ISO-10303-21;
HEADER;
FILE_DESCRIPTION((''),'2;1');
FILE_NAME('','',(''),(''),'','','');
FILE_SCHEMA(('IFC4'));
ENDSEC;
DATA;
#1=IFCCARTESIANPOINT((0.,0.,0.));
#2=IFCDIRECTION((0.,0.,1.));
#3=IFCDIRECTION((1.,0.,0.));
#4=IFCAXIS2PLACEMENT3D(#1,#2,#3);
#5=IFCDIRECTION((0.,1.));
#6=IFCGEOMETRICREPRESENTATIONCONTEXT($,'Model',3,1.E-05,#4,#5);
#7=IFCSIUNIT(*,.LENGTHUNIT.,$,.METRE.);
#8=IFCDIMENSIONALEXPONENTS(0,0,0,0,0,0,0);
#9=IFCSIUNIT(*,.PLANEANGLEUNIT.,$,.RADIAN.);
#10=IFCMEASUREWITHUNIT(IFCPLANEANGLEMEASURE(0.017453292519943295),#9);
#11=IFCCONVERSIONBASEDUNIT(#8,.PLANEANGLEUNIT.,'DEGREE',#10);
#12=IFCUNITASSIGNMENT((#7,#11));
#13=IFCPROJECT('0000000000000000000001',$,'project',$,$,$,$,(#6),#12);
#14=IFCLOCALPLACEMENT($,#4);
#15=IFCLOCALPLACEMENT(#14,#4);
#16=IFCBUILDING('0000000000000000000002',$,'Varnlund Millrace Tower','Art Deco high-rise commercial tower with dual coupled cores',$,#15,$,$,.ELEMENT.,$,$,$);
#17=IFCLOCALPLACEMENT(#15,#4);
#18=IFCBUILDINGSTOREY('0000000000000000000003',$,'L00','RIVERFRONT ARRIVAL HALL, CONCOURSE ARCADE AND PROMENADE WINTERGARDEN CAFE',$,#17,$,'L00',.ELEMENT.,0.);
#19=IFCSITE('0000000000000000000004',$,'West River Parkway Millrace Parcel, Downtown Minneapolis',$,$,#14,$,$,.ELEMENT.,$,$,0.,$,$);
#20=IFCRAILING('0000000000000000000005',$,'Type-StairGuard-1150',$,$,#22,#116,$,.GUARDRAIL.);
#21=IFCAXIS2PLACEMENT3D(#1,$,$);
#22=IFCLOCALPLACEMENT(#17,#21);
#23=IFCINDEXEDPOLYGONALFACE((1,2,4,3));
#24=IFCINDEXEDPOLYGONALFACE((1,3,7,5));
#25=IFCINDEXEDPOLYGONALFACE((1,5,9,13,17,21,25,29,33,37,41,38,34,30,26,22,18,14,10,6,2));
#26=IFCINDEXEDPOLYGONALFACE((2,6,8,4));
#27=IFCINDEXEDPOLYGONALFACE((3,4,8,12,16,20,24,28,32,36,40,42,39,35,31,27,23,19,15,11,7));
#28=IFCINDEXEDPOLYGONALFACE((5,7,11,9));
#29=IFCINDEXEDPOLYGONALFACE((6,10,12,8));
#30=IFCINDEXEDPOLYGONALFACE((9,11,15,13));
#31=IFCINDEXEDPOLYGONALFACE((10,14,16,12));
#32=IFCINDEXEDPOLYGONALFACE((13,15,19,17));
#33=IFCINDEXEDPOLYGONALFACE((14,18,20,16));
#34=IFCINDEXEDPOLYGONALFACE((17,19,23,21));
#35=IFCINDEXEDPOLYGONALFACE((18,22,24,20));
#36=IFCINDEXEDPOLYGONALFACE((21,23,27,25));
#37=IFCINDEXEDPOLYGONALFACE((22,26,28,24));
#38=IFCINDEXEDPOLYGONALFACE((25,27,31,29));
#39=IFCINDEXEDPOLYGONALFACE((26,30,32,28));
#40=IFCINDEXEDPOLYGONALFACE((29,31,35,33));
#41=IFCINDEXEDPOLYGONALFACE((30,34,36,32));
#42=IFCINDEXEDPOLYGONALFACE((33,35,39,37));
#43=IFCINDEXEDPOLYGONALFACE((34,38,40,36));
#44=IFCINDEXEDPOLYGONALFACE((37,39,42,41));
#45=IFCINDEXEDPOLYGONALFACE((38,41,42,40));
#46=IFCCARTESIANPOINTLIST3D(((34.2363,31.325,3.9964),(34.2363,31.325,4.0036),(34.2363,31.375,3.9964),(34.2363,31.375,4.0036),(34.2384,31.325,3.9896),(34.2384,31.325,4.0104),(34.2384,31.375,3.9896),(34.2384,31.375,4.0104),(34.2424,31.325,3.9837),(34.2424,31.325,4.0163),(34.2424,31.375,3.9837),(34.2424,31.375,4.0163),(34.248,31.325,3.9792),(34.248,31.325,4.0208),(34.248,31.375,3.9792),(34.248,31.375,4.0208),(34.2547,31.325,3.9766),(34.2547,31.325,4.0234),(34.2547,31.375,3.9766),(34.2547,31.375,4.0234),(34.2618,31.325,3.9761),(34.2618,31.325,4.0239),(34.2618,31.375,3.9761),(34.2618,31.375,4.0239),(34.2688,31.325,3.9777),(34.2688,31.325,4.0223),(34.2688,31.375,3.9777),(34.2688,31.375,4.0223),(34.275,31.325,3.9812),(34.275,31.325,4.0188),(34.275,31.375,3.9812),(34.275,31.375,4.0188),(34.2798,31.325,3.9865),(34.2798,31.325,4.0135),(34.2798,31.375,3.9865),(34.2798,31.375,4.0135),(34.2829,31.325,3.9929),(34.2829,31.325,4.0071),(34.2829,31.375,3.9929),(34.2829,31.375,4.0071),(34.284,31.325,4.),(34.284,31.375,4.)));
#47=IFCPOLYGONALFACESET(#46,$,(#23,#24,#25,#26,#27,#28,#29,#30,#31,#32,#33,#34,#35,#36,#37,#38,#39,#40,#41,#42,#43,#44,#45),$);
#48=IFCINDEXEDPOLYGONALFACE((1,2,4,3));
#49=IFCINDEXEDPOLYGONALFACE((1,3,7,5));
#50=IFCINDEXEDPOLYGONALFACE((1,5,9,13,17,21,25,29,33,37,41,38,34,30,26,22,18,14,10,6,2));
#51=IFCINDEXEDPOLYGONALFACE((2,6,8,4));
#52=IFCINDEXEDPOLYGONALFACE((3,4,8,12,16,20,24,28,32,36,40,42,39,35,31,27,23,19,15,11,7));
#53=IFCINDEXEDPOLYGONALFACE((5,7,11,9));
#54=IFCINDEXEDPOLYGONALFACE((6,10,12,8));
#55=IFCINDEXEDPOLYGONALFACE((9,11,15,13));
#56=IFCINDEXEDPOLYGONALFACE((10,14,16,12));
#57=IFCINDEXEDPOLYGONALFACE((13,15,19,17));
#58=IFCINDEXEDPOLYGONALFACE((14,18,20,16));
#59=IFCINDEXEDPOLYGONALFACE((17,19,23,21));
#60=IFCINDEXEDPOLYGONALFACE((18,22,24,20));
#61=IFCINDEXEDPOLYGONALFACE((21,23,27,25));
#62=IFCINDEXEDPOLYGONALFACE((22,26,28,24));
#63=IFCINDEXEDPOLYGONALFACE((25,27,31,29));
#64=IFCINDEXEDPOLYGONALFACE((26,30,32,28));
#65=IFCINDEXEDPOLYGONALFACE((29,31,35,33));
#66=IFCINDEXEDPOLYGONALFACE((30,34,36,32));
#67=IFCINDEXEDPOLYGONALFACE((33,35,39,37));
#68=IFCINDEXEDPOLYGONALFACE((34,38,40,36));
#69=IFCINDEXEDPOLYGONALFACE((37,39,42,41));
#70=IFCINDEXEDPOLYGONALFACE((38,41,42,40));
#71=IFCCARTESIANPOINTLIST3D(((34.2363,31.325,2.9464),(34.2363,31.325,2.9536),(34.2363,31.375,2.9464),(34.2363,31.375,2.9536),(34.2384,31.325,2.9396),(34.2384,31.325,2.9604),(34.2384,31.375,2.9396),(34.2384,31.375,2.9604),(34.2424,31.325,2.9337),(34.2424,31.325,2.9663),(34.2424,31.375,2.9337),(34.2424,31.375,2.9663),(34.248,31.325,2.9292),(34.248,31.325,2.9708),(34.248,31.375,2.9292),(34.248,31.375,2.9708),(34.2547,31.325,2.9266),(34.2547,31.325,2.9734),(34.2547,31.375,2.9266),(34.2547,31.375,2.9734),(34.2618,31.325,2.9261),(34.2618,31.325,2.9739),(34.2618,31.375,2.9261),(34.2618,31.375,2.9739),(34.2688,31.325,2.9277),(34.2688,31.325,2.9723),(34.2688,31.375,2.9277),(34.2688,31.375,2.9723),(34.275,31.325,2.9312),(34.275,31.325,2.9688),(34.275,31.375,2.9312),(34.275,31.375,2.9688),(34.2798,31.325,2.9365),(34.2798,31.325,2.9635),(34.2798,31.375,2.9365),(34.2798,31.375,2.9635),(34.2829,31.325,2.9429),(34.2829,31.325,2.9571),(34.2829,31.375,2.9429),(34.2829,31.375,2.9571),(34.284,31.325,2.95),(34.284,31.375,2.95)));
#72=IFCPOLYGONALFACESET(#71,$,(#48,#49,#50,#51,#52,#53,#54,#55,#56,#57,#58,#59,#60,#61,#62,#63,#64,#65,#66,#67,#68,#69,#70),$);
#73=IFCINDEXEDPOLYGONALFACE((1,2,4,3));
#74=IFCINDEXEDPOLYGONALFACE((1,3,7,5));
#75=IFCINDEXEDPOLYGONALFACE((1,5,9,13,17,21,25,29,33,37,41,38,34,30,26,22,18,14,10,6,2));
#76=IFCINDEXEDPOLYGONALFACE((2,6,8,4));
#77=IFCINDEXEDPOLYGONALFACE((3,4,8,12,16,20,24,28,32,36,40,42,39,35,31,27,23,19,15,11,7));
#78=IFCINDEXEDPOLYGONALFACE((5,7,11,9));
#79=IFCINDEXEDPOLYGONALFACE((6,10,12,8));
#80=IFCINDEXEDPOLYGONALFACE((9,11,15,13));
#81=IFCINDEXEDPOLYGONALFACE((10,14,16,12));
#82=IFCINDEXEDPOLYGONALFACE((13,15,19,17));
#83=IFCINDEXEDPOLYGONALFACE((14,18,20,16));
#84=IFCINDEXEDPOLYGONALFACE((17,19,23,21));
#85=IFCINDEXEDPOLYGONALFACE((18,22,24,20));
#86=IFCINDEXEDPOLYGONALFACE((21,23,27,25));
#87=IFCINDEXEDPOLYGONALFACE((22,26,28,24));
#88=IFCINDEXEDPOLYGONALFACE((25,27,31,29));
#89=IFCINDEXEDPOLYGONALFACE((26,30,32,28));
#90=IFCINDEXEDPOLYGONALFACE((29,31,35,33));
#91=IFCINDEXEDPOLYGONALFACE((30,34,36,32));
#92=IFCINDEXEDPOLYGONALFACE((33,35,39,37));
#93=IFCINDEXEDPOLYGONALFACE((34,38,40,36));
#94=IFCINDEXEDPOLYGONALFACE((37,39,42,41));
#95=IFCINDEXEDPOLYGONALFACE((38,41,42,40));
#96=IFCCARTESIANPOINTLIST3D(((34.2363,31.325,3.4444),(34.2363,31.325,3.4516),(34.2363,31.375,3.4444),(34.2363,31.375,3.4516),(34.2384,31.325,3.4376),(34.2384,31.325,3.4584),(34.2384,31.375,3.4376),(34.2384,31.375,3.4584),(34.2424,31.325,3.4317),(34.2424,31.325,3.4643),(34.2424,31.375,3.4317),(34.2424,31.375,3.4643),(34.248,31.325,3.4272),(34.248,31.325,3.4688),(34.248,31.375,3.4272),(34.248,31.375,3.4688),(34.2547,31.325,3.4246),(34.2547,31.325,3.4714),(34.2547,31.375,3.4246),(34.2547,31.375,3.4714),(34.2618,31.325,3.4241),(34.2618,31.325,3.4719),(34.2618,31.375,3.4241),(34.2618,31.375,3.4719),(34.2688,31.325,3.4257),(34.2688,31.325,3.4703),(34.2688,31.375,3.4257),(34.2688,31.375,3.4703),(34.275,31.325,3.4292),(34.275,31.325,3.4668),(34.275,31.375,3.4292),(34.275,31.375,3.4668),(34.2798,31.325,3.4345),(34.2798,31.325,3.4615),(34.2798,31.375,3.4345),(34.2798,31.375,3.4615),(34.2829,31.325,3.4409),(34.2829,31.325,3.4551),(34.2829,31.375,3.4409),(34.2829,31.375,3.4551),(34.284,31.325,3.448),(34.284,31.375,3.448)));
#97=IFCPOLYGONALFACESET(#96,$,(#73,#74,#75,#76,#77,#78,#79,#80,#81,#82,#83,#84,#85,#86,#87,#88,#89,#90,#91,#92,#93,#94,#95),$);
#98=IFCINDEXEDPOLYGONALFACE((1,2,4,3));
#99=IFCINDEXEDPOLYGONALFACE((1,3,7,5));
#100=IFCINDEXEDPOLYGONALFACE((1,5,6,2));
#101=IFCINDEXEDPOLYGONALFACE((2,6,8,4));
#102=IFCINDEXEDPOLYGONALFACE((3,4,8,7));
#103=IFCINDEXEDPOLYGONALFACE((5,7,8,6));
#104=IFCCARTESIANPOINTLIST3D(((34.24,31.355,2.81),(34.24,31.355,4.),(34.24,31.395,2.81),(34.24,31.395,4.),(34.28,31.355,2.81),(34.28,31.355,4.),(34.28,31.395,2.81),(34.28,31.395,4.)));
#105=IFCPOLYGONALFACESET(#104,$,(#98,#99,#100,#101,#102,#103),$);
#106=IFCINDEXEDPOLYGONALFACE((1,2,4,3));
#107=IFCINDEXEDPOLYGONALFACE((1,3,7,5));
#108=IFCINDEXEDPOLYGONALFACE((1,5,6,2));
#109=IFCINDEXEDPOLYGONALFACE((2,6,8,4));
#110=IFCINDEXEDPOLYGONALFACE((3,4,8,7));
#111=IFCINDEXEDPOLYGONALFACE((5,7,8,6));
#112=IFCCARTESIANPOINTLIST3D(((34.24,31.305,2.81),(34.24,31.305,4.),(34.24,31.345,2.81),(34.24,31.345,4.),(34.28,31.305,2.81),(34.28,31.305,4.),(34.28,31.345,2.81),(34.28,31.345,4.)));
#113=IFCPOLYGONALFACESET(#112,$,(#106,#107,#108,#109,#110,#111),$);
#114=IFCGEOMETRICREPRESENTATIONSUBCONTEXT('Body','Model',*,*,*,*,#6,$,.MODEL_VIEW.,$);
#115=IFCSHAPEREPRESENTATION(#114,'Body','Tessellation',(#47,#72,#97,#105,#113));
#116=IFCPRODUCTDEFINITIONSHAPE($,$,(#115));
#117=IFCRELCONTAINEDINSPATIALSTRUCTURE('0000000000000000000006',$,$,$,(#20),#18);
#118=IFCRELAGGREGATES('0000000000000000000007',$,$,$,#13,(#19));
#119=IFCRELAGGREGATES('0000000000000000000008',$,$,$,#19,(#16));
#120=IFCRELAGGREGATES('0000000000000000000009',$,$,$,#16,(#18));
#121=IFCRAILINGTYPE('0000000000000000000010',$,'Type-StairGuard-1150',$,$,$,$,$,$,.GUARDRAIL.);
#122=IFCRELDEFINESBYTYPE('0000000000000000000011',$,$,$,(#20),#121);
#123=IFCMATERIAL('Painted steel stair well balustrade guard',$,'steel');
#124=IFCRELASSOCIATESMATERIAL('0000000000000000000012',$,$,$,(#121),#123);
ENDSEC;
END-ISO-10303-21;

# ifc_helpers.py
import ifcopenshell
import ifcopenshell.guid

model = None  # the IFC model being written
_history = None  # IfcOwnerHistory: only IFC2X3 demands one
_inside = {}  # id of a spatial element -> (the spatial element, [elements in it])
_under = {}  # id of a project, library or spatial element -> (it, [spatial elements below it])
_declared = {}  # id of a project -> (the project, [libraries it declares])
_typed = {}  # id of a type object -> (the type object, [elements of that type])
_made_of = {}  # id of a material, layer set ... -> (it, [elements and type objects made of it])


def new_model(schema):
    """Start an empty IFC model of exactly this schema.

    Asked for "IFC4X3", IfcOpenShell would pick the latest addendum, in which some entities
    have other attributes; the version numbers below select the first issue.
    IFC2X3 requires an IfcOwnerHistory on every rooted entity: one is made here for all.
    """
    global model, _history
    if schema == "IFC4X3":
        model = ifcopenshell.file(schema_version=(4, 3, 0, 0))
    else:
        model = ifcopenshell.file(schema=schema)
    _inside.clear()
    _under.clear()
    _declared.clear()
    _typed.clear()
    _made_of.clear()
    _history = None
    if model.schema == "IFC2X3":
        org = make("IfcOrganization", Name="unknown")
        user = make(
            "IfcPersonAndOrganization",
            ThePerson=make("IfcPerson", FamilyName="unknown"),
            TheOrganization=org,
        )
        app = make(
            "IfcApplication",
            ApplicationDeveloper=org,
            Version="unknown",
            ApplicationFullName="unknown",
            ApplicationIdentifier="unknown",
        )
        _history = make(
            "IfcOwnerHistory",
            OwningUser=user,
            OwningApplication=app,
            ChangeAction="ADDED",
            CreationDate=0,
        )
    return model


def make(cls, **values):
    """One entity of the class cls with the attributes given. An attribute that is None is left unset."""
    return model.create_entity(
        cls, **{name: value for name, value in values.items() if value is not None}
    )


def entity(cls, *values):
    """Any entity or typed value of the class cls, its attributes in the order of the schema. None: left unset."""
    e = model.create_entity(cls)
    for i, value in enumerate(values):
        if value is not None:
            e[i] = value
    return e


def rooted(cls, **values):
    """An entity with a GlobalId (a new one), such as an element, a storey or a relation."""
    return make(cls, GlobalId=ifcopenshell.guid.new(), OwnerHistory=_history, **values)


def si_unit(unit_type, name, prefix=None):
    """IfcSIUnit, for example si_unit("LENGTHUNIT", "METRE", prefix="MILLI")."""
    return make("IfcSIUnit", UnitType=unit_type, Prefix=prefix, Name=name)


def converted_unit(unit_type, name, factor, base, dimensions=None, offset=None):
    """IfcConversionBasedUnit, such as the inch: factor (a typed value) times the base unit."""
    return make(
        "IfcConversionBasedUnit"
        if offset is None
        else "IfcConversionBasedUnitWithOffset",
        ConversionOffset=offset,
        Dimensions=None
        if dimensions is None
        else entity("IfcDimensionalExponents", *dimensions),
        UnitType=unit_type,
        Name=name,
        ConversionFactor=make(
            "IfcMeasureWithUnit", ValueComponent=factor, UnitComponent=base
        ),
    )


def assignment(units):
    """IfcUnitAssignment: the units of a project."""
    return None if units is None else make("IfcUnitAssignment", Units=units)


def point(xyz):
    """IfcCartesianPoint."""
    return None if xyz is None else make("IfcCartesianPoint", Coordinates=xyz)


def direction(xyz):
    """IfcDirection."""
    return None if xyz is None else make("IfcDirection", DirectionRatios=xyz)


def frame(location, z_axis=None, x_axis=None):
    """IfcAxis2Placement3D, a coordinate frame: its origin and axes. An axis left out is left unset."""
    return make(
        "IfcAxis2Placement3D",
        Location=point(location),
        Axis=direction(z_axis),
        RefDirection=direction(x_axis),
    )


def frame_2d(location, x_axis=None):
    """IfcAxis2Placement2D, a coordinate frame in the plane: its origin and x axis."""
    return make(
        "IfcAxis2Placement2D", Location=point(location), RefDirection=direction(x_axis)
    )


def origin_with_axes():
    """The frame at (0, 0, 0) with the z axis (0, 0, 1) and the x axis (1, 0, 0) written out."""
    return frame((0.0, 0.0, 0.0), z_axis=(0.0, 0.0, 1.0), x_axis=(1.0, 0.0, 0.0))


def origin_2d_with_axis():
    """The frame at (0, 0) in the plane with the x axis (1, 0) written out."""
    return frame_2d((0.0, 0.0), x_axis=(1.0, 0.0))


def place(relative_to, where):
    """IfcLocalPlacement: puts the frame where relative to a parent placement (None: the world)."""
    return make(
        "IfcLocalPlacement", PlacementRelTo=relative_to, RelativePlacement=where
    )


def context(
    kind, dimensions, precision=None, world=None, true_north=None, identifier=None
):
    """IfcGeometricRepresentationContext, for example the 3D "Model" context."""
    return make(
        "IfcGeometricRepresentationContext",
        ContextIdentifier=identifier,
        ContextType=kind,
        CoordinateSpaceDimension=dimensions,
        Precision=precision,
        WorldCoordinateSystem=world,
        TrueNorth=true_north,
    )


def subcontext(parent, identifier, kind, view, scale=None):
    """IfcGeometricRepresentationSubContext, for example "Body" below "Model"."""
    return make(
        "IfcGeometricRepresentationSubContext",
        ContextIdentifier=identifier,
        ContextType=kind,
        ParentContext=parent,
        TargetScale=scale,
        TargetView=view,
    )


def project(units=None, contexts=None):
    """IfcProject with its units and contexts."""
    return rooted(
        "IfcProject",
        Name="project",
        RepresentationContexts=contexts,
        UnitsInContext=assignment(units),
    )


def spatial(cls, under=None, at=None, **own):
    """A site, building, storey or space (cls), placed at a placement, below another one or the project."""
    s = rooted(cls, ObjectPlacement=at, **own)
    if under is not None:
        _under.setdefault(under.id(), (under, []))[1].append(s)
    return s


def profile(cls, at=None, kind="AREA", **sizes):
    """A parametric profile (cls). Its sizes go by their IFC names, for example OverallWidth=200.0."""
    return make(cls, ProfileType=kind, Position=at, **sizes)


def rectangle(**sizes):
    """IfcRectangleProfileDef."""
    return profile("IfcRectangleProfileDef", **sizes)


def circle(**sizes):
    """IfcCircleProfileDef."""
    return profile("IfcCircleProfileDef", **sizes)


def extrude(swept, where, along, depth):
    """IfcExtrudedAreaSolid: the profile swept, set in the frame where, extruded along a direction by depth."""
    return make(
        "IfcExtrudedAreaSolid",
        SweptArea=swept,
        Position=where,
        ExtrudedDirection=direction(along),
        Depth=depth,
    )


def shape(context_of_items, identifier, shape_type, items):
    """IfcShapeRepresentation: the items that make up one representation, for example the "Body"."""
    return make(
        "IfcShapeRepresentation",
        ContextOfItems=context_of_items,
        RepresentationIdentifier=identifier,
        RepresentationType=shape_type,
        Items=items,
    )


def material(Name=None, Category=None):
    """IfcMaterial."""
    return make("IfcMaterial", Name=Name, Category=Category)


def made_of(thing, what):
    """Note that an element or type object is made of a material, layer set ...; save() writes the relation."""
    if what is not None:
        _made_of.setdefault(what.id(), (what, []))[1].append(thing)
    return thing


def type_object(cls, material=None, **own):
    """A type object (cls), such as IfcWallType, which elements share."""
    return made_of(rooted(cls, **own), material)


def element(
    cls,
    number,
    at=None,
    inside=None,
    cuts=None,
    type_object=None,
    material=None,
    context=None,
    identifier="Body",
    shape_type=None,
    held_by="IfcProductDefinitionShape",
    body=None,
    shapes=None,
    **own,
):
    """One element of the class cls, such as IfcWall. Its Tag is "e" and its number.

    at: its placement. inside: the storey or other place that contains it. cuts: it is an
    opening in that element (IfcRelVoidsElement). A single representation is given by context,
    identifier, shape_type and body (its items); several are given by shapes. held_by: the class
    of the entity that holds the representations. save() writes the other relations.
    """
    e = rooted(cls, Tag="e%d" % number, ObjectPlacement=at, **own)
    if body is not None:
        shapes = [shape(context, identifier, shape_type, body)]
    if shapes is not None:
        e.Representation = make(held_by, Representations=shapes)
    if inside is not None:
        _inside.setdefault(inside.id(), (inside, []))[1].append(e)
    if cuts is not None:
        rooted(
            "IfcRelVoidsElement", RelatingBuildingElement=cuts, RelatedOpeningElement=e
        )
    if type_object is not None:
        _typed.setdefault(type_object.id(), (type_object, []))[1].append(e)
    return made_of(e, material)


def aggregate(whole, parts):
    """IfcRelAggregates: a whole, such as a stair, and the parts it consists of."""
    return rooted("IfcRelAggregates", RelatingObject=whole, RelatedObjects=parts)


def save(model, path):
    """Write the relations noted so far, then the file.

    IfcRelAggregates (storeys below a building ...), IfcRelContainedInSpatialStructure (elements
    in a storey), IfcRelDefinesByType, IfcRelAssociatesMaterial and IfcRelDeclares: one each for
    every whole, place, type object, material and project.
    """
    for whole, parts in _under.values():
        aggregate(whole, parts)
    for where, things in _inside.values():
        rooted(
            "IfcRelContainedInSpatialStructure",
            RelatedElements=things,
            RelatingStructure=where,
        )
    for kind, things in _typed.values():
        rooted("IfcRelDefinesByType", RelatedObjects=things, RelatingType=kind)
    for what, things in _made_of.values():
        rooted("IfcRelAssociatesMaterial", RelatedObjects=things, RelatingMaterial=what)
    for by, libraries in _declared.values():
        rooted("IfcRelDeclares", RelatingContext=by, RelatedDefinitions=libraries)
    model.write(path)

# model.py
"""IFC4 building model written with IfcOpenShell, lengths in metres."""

from ifc_helpers import new_model, entity, si_unit, converted_unit, direction, frame, origin_with_axes, origin_2d_with_axis, place, context, subcontext, project, spatial, rectangle, circle, extrude, material, type_object, element, save


model = new_model("IFC4")

# Units and contexts
model_context = context("Model", 3, precision=1e-05, world=origin_with_axes(), true_north=direction((0.0, 1.0)))
body_context = subcontext(model_context, "Body", "Model", "MODEL_VIEW")
ifc_project = project(units=[si_unit("LENGTHUNIT", "METRE"), converted_unit("PLANEANGLEUNIT", "DEGREE", entity("IfcPlaneAngleMeasure", 0.017453292519943295), si_unit("PLANEANGLEUNIT", "RADIAN"), dimensions=[0, 0, 0, 0, 0, 0, 0])], contexts=[model_context])

# Site, building, storey
site_placement = place(None, origin_with_axes())
site = spatial("IfcSite", under=ifc_project, at=site_placement, Name="West River Parkway Millrace Parcel, Downtown Minneapolis", CompositionType="ELEMENT", RefElevation=0.0)
building_placement = place(site_placement, origin_with_axes())
building = spatial("IfcBuilding", under=site, at=building_placement, Name="Varnlund Millrace Tower", Description="Art Deco high-rise commercial tower with dual coupled cores", CompositionType="ELEMENT")
storey_placement = place(building_placement, origin_with_axes())
storey = spatial("IfcBuildingStorey", under=building, at=storey_placement, Name="L00", Description="RIVERFRONT ARRIVAL HALL, CONCOURSE ARCADE AND PROMENADE WINTERGARDEN CAFE", LongName="L00", CompositionType="ELEMENT", Elevation=0.0)

# Railing
ifc_material_1 = material(Name="Painted steel stair well balustrade guard", Category="steel")
railing_type_1 = type_object("IfcRailingType", Name="Type-StairGuard-1150", PredefinedType="GUARDRAIL", material=ifc_material_1)
railing_1_placement = place(storey_placement, origin_with_axes())
element("IfcRailing", 1, at=railing_1_placement, inside=storey, type_object=railing_type_1, Name="Type-StairGuard-1150", PredefinedType="GUARDRAIL", context=body_context, shape_type="SweptSolid", body=[
    extrude(circle(Radius=0.024, at=origin_2d_with_axis()), frame((34.26, 31.375, 4.0), z_axis=(0.0, -1.0, 0.0), x_axis=(1.0, 0.0, 0.0)), (0.0, 0.0, 1.0), 0.05),
    extrude(circle(Radius=0.024, at=origin_2d_with_axis()), frame((34.26, 31.375, 2.95), z_axis=(0.0, -1.0, 0.0), x_axis=(1.0, 0.0, 0.0)), (0.0, 0.0, 1.0), 0.05),
    extrude(circle(Radius=0.024, at=origin_2d_with_axis()), frame((34.26, 31.375, 3.448), z_axis=(0.0, -1.0, 0.0), x_axis=(1.0, 0.0, 0.0)), (0.0, 0.0, 1.0), 0.05),
    extrude(rectangle(XDim=0.04, YDim=0.04, at=origin_2d_with_axis()), frame((34.26, 31.375, 2.81), z_axis=(0.0, 0.0, 1.0), x_axis=(1.0, 0.0, 0.0)), (0.0, 0.0, 1.0), 1.19),
    extrude(rectangle(XDim=0.04, YDim=0.04, at=origin_2d_with_axis()), frame((34.26, 31.325, 2.81), z_axis=(0.0, 0.0, 1.0), x_axis=(1.0, 0.0, 0.0)), (0.0, 0.0, 1.0), 1.19),
])

save(model, "model.ifc")
